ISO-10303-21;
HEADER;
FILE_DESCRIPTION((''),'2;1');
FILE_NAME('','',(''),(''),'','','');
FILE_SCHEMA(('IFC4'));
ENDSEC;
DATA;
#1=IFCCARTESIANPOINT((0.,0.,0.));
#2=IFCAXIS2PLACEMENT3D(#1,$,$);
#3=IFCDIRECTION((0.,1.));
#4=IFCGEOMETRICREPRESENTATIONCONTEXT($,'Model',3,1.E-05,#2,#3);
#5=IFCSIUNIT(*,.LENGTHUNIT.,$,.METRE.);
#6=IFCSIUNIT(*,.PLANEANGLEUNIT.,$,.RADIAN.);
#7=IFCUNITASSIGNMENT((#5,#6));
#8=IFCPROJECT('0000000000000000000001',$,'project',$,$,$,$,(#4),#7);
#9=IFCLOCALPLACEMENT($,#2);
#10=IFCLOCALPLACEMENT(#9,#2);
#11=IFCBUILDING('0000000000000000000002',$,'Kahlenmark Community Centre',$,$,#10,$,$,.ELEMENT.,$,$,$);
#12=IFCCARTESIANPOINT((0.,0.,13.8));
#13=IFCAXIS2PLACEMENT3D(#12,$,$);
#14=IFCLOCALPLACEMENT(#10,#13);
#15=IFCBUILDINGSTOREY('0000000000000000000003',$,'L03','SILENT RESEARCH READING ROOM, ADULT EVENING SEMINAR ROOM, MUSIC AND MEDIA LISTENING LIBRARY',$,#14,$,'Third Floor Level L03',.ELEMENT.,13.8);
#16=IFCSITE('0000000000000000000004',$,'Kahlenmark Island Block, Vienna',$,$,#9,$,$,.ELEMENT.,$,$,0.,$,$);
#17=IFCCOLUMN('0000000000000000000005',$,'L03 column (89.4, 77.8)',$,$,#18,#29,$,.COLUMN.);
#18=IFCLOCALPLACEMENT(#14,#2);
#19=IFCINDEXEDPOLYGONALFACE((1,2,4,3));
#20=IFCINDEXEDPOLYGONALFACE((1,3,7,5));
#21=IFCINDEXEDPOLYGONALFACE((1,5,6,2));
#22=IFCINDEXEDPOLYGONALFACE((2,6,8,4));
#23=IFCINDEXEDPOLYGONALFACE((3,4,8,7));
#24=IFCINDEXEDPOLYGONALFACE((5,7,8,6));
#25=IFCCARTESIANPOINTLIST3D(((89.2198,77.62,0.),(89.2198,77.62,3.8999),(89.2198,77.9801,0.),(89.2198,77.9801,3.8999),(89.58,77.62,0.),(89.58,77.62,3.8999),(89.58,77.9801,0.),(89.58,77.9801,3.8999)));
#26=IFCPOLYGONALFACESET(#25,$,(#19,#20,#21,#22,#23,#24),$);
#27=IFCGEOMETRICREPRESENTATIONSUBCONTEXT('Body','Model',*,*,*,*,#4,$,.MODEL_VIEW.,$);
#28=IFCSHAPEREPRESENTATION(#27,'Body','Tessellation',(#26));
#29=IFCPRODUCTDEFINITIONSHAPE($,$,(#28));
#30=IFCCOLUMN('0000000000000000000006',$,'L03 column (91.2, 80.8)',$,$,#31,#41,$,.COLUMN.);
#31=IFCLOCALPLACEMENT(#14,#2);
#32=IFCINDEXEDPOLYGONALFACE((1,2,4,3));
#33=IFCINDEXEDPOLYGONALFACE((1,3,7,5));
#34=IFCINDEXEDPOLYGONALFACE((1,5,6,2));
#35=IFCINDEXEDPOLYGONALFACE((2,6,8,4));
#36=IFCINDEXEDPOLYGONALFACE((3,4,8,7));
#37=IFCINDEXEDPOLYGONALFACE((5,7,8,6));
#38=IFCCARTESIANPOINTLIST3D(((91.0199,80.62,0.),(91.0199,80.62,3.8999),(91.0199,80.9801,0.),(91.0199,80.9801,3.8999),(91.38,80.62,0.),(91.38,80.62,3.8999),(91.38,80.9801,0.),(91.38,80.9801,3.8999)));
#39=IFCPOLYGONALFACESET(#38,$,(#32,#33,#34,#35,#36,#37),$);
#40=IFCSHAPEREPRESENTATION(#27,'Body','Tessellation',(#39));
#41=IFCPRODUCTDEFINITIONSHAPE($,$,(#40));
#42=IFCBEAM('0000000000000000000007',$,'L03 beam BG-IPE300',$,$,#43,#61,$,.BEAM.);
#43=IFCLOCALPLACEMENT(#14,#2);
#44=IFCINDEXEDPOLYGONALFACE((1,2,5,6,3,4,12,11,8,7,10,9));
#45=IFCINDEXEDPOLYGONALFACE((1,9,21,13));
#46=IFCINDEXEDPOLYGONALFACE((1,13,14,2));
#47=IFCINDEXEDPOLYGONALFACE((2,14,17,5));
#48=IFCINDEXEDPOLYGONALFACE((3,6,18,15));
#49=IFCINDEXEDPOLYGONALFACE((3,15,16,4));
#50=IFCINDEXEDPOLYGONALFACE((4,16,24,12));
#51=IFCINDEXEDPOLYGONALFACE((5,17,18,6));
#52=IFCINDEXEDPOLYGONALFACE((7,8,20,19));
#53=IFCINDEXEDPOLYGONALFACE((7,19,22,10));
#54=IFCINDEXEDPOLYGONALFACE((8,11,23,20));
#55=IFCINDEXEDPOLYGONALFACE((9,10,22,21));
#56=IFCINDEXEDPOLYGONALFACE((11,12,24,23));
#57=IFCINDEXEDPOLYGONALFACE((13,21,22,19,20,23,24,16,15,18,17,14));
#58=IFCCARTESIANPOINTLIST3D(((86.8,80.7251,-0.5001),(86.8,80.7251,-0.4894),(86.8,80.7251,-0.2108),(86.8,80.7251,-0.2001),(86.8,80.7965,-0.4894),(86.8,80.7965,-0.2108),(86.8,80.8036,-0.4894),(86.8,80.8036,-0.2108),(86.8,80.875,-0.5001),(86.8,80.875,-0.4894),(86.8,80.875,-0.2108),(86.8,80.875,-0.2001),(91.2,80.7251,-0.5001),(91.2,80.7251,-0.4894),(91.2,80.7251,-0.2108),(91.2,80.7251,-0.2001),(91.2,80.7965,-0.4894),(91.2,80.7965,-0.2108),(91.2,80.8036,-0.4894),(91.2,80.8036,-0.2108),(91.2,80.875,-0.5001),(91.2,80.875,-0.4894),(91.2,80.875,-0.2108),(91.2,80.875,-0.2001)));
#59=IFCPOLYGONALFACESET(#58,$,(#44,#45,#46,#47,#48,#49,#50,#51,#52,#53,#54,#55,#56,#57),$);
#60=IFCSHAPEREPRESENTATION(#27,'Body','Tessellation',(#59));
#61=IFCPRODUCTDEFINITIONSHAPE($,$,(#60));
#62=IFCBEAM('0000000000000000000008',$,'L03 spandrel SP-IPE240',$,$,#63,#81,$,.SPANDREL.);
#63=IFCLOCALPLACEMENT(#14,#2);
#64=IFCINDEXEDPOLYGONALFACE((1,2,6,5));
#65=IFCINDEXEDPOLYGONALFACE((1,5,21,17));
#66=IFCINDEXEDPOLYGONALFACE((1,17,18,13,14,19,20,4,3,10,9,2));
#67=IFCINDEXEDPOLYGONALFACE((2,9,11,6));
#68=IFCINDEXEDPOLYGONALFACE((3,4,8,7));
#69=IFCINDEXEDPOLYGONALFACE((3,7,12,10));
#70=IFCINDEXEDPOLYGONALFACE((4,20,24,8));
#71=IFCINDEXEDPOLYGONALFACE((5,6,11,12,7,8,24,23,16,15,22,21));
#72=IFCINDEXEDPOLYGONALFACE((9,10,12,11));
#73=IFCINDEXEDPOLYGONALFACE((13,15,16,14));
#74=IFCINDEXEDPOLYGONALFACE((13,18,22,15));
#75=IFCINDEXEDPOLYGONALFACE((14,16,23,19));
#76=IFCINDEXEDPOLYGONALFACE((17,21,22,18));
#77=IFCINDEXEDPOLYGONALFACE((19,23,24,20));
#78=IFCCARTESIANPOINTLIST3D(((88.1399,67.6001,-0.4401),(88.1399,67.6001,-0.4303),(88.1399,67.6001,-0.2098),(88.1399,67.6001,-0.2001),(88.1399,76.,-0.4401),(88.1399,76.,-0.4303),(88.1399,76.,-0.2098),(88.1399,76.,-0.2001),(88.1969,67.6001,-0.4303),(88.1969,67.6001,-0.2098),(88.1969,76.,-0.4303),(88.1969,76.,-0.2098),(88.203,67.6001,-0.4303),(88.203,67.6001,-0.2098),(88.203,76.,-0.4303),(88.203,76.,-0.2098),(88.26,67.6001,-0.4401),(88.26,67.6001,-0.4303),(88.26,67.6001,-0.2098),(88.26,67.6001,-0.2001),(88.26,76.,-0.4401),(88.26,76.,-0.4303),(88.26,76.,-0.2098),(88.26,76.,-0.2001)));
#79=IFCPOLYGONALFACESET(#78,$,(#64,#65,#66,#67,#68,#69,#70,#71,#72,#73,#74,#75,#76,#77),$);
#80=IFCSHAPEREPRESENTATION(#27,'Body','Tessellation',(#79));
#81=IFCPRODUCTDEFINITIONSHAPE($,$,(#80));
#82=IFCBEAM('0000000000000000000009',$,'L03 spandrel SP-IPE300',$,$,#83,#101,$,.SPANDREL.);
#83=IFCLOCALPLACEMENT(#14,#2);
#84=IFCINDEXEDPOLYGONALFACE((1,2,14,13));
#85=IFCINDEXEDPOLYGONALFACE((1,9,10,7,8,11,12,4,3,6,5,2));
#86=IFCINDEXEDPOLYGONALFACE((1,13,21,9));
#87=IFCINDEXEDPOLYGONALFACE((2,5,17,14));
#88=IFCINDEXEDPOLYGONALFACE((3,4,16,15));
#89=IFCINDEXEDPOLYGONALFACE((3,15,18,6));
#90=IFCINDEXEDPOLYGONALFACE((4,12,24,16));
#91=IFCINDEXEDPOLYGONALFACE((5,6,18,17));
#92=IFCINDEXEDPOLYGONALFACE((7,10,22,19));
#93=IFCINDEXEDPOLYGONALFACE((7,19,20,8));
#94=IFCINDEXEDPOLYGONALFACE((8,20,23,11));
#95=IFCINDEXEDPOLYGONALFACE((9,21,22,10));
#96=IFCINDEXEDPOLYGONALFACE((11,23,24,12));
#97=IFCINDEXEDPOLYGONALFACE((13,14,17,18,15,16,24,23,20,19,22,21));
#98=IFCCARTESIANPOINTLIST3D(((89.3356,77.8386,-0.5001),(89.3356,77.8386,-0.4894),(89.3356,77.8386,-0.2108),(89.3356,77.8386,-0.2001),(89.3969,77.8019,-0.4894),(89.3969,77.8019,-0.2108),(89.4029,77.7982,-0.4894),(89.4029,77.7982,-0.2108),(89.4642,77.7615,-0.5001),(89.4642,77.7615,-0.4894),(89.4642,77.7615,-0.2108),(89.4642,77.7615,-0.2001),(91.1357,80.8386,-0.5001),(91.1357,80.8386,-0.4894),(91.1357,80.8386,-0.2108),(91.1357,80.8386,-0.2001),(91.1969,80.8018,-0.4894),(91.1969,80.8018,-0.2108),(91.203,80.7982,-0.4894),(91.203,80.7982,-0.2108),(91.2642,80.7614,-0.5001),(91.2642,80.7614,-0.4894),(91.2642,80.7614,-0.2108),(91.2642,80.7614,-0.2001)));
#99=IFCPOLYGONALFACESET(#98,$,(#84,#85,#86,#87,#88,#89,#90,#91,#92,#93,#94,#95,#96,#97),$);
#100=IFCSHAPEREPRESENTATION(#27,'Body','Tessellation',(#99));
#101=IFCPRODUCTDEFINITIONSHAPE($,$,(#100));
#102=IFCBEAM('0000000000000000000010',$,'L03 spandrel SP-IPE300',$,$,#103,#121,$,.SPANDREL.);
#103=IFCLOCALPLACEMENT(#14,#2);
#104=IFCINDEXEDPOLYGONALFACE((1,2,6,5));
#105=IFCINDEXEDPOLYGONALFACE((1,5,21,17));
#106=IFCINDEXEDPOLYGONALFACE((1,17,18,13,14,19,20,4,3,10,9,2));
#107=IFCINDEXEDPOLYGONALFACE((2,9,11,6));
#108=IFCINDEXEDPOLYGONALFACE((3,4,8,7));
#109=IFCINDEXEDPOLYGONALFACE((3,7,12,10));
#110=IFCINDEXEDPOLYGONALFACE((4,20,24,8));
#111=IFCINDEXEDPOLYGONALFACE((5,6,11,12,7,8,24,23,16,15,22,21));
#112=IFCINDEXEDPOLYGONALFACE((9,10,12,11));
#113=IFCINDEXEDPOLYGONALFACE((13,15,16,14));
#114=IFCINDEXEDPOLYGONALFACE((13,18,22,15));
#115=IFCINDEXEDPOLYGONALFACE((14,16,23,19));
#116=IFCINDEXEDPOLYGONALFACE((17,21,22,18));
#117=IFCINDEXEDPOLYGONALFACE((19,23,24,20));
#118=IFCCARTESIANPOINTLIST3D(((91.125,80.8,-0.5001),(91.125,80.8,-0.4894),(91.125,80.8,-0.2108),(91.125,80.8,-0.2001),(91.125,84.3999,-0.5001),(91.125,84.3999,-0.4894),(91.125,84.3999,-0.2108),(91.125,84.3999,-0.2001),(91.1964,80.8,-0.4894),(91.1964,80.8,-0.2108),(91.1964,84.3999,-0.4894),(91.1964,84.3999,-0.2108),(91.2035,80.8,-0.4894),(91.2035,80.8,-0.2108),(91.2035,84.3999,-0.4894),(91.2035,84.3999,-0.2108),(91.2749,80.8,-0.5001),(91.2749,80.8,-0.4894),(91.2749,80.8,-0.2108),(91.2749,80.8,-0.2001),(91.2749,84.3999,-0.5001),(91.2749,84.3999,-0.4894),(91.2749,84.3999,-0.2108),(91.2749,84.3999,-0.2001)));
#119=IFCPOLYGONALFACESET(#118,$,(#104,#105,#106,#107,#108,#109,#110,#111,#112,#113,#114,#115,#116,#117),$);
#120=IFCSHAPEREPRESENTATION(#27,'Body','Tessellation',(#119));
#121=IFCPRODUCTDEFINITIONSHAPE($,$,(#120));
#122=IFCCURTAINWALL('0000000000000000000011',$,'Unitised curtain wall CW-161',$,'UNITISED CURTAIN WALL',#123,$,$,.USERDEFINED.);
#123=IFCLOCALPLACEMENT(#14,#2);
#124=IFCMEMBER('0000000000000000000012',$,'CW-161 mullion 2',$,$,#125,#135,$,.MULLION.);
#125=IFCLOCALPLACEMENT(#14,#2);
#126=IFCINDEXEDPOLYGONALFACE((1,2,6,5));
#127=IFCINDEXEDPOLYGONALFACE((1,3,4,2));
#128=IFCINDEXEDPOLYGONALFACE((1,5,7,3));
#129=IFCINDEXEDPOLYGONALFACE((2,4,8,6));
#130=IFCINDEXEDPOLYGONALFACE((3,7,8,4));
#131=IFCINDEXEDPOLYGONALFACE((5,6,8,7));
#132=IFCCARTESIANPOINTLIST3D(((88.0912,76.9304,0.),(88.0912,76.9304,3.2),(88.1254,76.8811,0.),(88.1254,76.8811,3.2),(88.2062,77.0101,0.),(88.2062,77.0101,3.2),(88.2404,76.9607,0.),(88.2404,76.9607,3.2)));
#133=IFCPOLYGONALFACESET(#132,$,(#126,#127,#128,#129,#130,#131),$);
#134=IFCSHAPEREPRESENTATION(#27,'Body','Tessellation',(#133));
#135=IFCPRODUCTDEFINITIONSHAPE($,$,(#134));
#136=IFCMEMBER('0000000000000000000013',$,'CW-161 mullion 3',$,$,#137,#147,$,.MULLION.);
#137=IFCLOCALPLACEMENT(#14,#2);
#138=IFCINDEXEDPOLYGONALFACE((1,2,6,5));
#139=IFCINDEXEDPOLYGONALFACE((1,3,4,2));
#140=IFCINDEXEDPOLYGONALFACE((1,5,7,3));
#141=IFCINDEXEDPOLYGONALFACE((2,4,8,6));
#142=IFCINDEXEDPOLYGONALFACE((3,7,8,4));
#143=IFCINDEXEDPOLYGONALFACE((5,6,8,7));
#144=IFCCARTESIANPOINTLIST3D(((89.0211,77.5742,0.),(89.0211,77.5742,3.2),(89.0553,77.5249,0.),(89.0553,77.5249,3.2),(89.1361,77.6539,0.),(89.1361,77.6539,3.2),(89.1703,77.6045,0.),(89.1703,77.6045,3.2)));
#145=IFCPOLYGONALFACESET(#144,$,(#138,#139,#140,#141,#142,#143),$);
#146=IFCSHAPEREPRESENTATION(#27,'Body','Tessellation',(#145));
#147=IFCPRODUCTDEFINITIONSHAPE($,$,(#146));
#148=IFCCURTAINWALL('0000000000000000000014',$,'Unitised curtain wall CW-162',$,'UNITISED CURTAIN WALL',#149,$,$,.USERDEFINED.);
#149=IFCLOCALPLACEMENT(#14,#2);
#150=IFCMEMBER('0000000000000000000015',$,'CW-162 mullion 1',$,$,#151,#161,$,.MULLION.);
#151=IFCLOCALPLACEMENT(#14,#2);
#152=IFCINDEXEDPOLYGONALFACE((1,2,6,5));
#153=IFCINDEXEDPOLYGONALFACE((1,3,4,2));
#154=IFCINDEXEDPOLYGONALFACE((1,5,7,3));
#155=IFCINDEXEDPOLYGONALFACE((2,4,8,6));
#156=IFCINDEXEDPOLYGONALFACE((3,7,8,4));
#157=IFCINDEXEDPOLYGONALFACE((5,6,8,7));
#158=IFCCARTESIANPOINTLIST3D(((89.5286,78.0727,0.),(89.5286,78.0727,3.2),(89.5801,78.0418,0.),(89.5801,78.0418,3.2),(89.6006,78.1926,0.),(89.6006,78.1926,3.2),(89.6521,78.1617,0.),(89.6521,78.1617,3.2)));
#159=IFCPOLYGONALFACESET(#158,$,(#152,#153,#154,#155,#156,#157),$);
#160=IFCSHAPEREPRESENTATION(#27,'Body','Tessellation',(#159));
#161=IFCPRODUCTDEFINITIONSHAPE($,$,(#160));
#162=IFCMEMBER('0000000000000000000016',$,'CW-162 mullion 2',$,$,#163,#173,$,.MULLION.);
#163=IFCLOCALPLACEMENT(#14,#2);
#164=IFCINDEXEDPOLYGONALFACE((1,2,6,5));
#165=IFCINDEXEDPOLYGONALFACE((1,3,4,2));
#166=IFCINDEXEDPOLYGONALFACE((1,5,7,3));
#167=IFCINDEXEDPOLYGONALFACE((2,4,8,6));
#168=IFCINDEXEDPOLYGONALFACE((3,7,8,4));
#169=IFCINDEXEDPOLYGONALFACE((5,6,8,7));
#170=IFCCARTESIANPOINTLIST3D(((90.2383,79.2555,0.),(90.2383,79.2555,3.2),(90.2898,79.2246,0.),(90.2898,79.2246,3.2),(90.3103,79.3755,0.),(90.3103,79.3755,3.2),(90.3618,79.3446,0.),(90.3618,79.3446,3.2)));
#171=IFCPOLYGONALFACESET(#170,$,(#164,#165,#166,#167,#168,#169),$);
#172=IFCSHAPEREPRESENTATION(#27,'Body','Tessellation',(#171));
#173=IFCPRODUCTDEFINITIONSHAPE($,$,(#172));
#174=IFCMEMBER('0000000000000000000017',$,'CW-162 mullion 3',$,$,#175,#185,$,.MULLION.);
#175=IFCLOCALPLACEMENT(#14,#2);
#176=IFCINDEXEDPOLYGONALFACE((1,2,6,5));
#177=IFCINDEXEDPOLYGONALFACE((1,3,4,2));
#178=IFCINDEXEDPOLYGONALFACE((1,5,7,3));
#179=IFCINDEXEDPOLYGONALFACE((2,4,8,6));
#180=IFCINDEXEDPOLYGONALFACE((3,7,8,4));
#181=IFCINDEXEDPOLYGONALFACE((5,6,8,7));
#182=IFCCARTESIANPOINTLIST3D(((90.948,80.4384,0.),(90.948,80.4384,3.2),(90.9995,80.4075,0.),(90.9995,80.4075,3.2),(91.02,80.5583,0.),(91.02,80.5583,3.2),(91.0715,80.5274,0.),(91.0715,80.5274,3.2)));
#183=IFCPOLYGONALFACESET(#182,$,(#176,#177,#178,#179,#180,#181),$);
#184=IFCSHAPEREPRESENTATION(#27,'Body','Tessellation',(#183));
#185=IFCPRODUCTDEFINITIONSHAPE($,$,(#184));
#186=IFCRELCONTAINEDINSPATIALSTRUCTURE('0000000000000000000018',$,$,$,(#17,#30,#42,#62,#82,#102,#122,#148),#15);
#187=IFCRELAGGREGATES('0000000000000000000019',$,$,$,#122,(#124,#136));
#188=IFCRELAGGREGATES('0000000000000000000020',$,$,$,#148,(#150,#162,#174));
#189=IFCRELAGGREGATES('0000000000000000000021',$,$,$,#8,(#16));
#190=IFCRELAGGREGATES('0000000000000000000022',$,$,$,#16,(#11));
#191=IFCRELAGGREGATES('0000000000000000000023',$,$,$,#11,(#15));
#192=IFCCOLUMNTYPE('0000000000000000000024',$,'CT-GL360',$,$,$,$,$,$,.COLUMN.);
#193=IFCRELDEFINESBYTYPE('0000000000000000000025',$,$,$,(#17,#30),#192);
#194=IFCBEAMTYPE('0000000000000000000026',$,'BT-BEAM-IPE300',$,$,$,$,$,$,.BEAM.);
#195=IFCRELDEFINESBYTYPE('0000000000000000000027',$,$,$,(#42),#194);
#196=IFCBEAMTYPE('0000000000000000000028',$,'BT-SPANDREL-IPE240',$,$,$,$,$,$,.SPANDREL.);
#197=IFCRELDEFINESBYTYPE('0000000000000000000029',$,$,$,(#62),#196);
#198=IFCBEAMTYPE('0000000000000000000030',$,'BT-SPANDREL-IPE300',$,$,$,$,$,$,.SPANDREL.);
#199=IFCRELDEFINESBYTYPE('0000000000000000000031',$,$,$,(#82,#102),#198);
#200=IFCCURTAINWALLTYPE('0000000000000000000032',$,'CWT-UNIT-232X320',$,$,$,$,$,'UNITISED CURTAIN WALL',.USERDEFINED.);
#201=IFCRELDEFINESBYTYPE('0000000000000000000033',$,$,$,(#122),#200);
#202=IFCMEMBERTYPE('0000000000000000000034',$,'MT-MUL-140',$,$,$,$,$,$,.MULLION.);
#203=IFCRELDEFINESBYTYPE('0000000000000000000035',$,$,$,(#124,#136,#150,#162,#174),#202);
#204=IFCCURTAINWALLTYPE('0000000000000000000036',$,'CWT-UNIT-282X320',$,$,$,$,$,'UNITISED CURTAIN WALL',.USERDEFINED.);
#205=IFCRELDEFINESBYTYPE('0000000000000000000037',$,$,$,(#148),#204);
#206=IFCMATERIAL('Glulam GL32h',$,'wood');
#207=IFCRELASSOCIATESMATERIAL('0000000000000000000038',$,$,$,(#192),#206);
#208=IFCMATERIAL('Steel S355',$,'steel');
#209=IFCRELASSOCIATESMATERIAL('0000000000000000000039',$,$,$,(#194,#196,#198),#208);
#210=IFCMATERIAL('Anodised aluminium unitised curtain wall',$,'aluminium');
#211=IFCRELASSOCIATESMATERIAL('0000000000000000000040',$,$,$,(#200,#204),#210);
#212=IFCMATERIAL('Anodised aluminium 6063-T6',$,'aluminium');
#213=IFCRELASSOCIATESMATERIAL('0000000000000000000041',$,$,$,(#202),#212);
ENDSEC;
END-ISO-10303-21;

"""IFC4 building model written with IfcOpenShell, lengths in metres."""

from ifc_helpers import new_model, si_unit, direction, frame, origin, origin_2d, place, context, subcontext, project, spatial, rectangle, i_section, extrude, material, material_profile, profile_set, type_object, element, aggregate, save


model = new_model("IFC4")

# Units and contexts
model_context = context("Model", 3, precision=1e-05, world=origin(), true_north=direction((0.0, 1.0)))
body_context = subcontext(model_context, "Body", "Model", "MODEL_VIEW")
ifc_project = project(units=[si_unit("LENGTHUNIT", "METRE"), si_unit("PLANEANGLEUNIT", "RADIAN")], contexts=[model_context])

# Site, building, storey
site_placement = place(None, origin())
site = spatial("IfcSite", under=ifc_project, at=site_placement, Name="Kahlenmark Island Block, Vienna", CompositionType="ELEMENT", RefElevation=0.0)
building_placement = place(site_placement, origin())
building = spatial("IfcBuilding", under=site, at=building_placement, Name="Kahlenmark Community Centre", CompositionType="ELEMENT")
storey_placement = place(building_placement, frame((0.0, 0.0, 13.8)))
storey = spatial("IfcBuildingStorey", under=building, at=storey_placement, Name="L03", Description="SILENT RESEARCH READING ROOM, ADULT EVENING SEMINAR ROOM, MUSIC AND MEDIA LISTENING LIBRARY", LongName="Third Floor Level L03", CompositionType="ELEMENT", Elevation=13.8)

# Columns
ifc_material_1 = material(Name="Glulam GL32h", Category="wood")
ifc_material_profile_1 = material_profile(ifc_material_1, rectangle(XDim=0.3601, YDim=0.3601, at=origin_2d()), Name="GL32h 360x360")
ifc_profile_set_1 = profile_set([ifc_material_profile_1], Name="Glulam GL32h")
column_type = type_object("IfcColumnType", Name="CT-GL360", PredefinedType="COLUMN", material=ifc_profile_set_1)
for number, where, z_axis, x_axis, name in (
    (1, (89.3999, 77.8, 0.0), (0.0, 0.0, 1.0), (1.0, 0.0, 0.0), "L03 column (89.4, 77.8)"),
    (2, (91.2, 80.8, 0.0), (0.0, 0.0, 1.0), (1.0, 0.0, 0.0), "L03 column (91.2, 80.8)"),
):
    element("IfcColumn", number, at=place(storey_placement, frame(where, z_axis=z_axis, x_axis=x_axis)), inside=storey, type_object=column_type, Name=name, PredefinedType="COLUMN", context=body_context, shape_type="SweptSolid", body=[
        extrude(rectangle(XDim=0.3601, YDim=0.3601, at=origin_2d()), origin(), (0.0, 0.0, 1.0), 3.8999),
    ])

# Beams
ifc_material_2 = material(Name="Steel S355", Category="steel")
ifc_material_profile_2 = material_profile(ifc_material_2, i_section(OverallWidth=0.1499, OverallDepth=0.3, WebThickness=0.0071, FlangeThickness=0.0107, at=origin_2d()), Name="IPE 300")
ifc_profile_set_2 = profile_set([ifc_material_profile_2], Name="Steel S355")
beam_type_1 = type_object("IfcBeamType", Name="BT-BEAM-IPE300", PredefinedType="BEAM", material=ifc_profile_set_2)
beam_1_placement = place(storey_placement, frame((91.2, 80.8, -0.3501), z_axis=(-1.0, 0.0, 0.0), x_axis=(0.0, -1.0, 0.0)))
element("IfcBeam", 3, at=beam_1_placement, inside=storey, type_object=beam_type_1, Name="L03 beam BG-IPE300", PredefinedType="BEAM", context=body_context, shape_type="SweptSolid", body=[
    extrude(i_section(OverallWidth=0.1499, OverallDepth=0.3, WebThickness=0.0071, FlangeThickness=0.0107, at=origin_2d()), origin(), (0.0, 0.0, 1.0), 4.3999),
])
ifc_material_profile_3 = material_profile(ifc_material_2, i_section(OverallWidth=0.1201, OverallDepth=0.24, WebThickness=0.0061, FlangeThickness=0.0098, at=origin_2d()), Name="IPE 240")
ifc_profile_set_3 = profile_set([ifc_material_profile_3], Name="Steel S355")
beam_type_2 = type_object("IfcBeamType", Name="BT-SPANDREL-IPE240", PredefinedType="SPANDREL", material=ifc_profile_set_3)
beam_2_placement = place(storey_placement, frame((88.2, 67.6001, -0.3201), z_axis=(0.0, 1.0, 0.0), x_axis=(-1.0, 0.0, 0.0)))
element("IfcBeam", 4, at=beam_2_placement, inside=storey, type_object=beam_type_2, Name="L03 spandrel SP-IPE240", PredefinedType="SPANDREL", context=body_context, shape_type="SweptSolid", body=[
    extrude(i_section(OverallWidth=0.1201, OverallDepth=0.24, WebThickness=0.0061, FlangeThickness=0.0098, at=origin_2d()), origin(), (0.0, 0.0, 1.0), 8.3999),
])
ifc_material_profile_4 = material_profile(ifc_material_2, i_section(OverallWidth=0.1499, OverallDepth=0.3, WebThickness=0.0071, FlangeThickness=0.0107, at=origin_2d()), Name="IPE 300")
ifc_profile_set_4 = profile_set([ifc_material_profile_4], Name="Steel S355")
beam_type_3 = type_object("IfcBeamType", Name="BT-SPANDREL-IPE300", PredefinedType="SPANDREL", material=ifc_profile_set_4)
beam_3_placement = place(storey_placement, frame((89.3999, 77.8, -0.3501), z_axis=(0.514506, 0.857487, 0.0), x_axis=(-0.857487, 0.514506, 0.0)))
element("IfcBeam", 5, at=beam_3_placement, inside=storey, type_object=beam_type_3, Name="L03 spandrel SP-IPE300", PredefinedType="SPANDREL", context=body_context, shape_type="SweptSolid", body=[
    extrude(i_section(OverallWidth=0.1499, OverallDepth=0.3, WebThickness=0.0071, FlangeThickness=0.0107, at=origin_2d()), origin(), (0.0, 0.0, 1.0), 3.4985),
])
beam_4_placement = place(storey_placement, frame((91.2, 80.8, -0.3501), z_axis=(0.0, 1.0, 0.0), x_axis=(-1.0, 0.0, 0.0)))
element("IfcBeam", 6, at=beam_4_placement, inside=storey, type_object=beam_type_3, Name="L03 spandrel SP-IPE300", PredefinedType="SPANDREL", context=body_context, shape_type="SweptSolid", body=[
    extrude(i_section(OverallWidth=0.1499, OverallDepth=0.3, WebThickness=0.0071, FlangeThickness=0.0107, at=origin_2d()), origin(), (0.0, 0.0, 1.0), 3.5999),
])

# Curtain walls, members
ifc_material_3 = material(Name="Anodised aluminium unitised curtain wall", Category="aluminium")
curtain_wall_type_1 = type_object("IfcCurtainWallType", Name="CWT-UNIT-232X320", ElementType="UNITISED CURTAIN WALL", PredefinedType="USERDEFINED", material=ifc_material_3)
curtain_wall_1_placement = place(storey_placement, origin())
curtain_wall_1 = element("IfcCurtainWall", 7, at=curtain_wall_1_placement, inside=storey, type_object=curtain_wall_type_1, Name="Unitised curtain wall CW-161", ObjectType="UNITISED CURTAIN WALL", PredefinedType="USERDEFINED")
ifc_material_4 = material(Name="Anodised aluminium 6063-T6", Category="aluminium")
ifc_material_profile_5 = material_profile(ifc_material_4, rectangle(XDim=0.0601, YDim=0.1399, at=origin_2d()), Name="ALU MULLION 60x140")
ifc_profile_set_5 = profile_set([ifc_material_profile_5], Name="Anodised aluminium 6063-T6")
member_type_1 = type_object("IfcMemberType", Name="MT-MUL-140", PredefinedType="MULLION", material=ifc_profile_set_5)
member_1_placement = place(storey_placement, frame((88.1658, 76.9456, 0.0), z_axis=(0.0, 0.0, 1.0), x_axis=(-0.569212, 0.822191, 0.0)))
member_1 = element("IfcMember", 8, at=member_1_placement, type_object=member_type_1, Name="CW-161 mullion 2", PredefinedType="MULLION", context=body_context, shape_type="SweptSolid", body=[
    extrude(rectangle(XDim=0.0601, YDim=0.1399, at=origin_2d()), origin(), (0.0, 0.0, 1.0), 3.2),
])
member_2_placement = place(storey_placement, frame((89.0957, 77.5894, 0.0), z_axis=(0.0, 0.0, 1.0), x_axis=(-0.569212, 0.822191, 0.0)))
member_2 = element("IfcMember", 9, at=member_2_placement, type_object=member_type_1, Name="CW-161 mullion 3", PredefinedType="MULLION", context=body_context, shape_type="SweptSolid", body=[
    extrude(rectangle(XDim=0.0601, YDim=0.1399, at=origin_2d()), origin(), (0.0, 0.0, 1.0), 3.2),
])
curtain_wall_type_2 = type_object("IfcCurtainWallType", Name="CWT-UNIT-282X320", ElementType="UNITISED CURTAIN WALL", PredefinedType="USERDEFINED", material=ifc_material_3)
curtain_wall_2_placement = place(storey_placement, origin())
curtain_wall_2 = element("IfcCurtainWall", 10, at=curtain_wall_2_placement, inside=storey, type_object=curtain_wall_type_2, Name="Unitised curtain wall CW-162", ObjectType="UNITISED CURTAIN WALL", PredefinedType="USERDEFINED")
member_3_placement = place(storey_placement, frame((89.5903, 78.1172, 0.0), z_axis=(0.0, 0.0, 1.0), x_axis=(-0.857493, 0.514496, 0.0)))
member_3 = element("IfcMember", 11, at=member_3_placement, type_object=member_type_1, Name="CW-162 mullion 1", PredefinedType="MULLION", context=body_context, shape_type="SweptSolid", body=[
    extrude(rectangle(XDim=0.0601, YDim=0.1399, at=origin_2d()), origin(), (0.0, 0.0, 1.0), 3.2),
])
member_4_placement = place(storey_placement, frame((90.3, 79.3, 0.0), z_axis=(0.0, 0.0, 1.0), x_axis=(-0.857493, 0.514496, 0.0)))
member_4 = element("IfcMember", 12, at=member_4_placement, type_object=member_type_1, Name="CW-162 mullion 2", PredefinedType="MULLION", context=body_context, shape_type="SweptSolid", body=[
    extrude(rectangle(XDim=0.0601, YDim=0.1399, at=origin_2d()), origin(), (0.0, 0.0, 1.0), 3.2),
])
member_5_placement = place(storey_placement, frame((91.0098, 80.4829, 0.0), z_axis=(0.0, 0.0, 1.0), x_axis=(-0.857493, 0.514496, 0.0)))
member_5 = element("IfcMember", 13, at=member_5_placement, type_object=member_type_1, Name="CW-162 mullion 3", PredefinedType="MULLION", context=body_context, shape_type="SweptSolid", body=[
    extrude(rectangle(XDim=0.0601, YDim=0.1399, at=origin_2d()), origin(), (0.0, 0.0, 1.0), 3.2),
])

aggregate(curtain_wall_1, [member_1, member_2])
aggregate(curtain_wall_2, [member_3, member_4, member_5])

save(model, "model.ifc")
